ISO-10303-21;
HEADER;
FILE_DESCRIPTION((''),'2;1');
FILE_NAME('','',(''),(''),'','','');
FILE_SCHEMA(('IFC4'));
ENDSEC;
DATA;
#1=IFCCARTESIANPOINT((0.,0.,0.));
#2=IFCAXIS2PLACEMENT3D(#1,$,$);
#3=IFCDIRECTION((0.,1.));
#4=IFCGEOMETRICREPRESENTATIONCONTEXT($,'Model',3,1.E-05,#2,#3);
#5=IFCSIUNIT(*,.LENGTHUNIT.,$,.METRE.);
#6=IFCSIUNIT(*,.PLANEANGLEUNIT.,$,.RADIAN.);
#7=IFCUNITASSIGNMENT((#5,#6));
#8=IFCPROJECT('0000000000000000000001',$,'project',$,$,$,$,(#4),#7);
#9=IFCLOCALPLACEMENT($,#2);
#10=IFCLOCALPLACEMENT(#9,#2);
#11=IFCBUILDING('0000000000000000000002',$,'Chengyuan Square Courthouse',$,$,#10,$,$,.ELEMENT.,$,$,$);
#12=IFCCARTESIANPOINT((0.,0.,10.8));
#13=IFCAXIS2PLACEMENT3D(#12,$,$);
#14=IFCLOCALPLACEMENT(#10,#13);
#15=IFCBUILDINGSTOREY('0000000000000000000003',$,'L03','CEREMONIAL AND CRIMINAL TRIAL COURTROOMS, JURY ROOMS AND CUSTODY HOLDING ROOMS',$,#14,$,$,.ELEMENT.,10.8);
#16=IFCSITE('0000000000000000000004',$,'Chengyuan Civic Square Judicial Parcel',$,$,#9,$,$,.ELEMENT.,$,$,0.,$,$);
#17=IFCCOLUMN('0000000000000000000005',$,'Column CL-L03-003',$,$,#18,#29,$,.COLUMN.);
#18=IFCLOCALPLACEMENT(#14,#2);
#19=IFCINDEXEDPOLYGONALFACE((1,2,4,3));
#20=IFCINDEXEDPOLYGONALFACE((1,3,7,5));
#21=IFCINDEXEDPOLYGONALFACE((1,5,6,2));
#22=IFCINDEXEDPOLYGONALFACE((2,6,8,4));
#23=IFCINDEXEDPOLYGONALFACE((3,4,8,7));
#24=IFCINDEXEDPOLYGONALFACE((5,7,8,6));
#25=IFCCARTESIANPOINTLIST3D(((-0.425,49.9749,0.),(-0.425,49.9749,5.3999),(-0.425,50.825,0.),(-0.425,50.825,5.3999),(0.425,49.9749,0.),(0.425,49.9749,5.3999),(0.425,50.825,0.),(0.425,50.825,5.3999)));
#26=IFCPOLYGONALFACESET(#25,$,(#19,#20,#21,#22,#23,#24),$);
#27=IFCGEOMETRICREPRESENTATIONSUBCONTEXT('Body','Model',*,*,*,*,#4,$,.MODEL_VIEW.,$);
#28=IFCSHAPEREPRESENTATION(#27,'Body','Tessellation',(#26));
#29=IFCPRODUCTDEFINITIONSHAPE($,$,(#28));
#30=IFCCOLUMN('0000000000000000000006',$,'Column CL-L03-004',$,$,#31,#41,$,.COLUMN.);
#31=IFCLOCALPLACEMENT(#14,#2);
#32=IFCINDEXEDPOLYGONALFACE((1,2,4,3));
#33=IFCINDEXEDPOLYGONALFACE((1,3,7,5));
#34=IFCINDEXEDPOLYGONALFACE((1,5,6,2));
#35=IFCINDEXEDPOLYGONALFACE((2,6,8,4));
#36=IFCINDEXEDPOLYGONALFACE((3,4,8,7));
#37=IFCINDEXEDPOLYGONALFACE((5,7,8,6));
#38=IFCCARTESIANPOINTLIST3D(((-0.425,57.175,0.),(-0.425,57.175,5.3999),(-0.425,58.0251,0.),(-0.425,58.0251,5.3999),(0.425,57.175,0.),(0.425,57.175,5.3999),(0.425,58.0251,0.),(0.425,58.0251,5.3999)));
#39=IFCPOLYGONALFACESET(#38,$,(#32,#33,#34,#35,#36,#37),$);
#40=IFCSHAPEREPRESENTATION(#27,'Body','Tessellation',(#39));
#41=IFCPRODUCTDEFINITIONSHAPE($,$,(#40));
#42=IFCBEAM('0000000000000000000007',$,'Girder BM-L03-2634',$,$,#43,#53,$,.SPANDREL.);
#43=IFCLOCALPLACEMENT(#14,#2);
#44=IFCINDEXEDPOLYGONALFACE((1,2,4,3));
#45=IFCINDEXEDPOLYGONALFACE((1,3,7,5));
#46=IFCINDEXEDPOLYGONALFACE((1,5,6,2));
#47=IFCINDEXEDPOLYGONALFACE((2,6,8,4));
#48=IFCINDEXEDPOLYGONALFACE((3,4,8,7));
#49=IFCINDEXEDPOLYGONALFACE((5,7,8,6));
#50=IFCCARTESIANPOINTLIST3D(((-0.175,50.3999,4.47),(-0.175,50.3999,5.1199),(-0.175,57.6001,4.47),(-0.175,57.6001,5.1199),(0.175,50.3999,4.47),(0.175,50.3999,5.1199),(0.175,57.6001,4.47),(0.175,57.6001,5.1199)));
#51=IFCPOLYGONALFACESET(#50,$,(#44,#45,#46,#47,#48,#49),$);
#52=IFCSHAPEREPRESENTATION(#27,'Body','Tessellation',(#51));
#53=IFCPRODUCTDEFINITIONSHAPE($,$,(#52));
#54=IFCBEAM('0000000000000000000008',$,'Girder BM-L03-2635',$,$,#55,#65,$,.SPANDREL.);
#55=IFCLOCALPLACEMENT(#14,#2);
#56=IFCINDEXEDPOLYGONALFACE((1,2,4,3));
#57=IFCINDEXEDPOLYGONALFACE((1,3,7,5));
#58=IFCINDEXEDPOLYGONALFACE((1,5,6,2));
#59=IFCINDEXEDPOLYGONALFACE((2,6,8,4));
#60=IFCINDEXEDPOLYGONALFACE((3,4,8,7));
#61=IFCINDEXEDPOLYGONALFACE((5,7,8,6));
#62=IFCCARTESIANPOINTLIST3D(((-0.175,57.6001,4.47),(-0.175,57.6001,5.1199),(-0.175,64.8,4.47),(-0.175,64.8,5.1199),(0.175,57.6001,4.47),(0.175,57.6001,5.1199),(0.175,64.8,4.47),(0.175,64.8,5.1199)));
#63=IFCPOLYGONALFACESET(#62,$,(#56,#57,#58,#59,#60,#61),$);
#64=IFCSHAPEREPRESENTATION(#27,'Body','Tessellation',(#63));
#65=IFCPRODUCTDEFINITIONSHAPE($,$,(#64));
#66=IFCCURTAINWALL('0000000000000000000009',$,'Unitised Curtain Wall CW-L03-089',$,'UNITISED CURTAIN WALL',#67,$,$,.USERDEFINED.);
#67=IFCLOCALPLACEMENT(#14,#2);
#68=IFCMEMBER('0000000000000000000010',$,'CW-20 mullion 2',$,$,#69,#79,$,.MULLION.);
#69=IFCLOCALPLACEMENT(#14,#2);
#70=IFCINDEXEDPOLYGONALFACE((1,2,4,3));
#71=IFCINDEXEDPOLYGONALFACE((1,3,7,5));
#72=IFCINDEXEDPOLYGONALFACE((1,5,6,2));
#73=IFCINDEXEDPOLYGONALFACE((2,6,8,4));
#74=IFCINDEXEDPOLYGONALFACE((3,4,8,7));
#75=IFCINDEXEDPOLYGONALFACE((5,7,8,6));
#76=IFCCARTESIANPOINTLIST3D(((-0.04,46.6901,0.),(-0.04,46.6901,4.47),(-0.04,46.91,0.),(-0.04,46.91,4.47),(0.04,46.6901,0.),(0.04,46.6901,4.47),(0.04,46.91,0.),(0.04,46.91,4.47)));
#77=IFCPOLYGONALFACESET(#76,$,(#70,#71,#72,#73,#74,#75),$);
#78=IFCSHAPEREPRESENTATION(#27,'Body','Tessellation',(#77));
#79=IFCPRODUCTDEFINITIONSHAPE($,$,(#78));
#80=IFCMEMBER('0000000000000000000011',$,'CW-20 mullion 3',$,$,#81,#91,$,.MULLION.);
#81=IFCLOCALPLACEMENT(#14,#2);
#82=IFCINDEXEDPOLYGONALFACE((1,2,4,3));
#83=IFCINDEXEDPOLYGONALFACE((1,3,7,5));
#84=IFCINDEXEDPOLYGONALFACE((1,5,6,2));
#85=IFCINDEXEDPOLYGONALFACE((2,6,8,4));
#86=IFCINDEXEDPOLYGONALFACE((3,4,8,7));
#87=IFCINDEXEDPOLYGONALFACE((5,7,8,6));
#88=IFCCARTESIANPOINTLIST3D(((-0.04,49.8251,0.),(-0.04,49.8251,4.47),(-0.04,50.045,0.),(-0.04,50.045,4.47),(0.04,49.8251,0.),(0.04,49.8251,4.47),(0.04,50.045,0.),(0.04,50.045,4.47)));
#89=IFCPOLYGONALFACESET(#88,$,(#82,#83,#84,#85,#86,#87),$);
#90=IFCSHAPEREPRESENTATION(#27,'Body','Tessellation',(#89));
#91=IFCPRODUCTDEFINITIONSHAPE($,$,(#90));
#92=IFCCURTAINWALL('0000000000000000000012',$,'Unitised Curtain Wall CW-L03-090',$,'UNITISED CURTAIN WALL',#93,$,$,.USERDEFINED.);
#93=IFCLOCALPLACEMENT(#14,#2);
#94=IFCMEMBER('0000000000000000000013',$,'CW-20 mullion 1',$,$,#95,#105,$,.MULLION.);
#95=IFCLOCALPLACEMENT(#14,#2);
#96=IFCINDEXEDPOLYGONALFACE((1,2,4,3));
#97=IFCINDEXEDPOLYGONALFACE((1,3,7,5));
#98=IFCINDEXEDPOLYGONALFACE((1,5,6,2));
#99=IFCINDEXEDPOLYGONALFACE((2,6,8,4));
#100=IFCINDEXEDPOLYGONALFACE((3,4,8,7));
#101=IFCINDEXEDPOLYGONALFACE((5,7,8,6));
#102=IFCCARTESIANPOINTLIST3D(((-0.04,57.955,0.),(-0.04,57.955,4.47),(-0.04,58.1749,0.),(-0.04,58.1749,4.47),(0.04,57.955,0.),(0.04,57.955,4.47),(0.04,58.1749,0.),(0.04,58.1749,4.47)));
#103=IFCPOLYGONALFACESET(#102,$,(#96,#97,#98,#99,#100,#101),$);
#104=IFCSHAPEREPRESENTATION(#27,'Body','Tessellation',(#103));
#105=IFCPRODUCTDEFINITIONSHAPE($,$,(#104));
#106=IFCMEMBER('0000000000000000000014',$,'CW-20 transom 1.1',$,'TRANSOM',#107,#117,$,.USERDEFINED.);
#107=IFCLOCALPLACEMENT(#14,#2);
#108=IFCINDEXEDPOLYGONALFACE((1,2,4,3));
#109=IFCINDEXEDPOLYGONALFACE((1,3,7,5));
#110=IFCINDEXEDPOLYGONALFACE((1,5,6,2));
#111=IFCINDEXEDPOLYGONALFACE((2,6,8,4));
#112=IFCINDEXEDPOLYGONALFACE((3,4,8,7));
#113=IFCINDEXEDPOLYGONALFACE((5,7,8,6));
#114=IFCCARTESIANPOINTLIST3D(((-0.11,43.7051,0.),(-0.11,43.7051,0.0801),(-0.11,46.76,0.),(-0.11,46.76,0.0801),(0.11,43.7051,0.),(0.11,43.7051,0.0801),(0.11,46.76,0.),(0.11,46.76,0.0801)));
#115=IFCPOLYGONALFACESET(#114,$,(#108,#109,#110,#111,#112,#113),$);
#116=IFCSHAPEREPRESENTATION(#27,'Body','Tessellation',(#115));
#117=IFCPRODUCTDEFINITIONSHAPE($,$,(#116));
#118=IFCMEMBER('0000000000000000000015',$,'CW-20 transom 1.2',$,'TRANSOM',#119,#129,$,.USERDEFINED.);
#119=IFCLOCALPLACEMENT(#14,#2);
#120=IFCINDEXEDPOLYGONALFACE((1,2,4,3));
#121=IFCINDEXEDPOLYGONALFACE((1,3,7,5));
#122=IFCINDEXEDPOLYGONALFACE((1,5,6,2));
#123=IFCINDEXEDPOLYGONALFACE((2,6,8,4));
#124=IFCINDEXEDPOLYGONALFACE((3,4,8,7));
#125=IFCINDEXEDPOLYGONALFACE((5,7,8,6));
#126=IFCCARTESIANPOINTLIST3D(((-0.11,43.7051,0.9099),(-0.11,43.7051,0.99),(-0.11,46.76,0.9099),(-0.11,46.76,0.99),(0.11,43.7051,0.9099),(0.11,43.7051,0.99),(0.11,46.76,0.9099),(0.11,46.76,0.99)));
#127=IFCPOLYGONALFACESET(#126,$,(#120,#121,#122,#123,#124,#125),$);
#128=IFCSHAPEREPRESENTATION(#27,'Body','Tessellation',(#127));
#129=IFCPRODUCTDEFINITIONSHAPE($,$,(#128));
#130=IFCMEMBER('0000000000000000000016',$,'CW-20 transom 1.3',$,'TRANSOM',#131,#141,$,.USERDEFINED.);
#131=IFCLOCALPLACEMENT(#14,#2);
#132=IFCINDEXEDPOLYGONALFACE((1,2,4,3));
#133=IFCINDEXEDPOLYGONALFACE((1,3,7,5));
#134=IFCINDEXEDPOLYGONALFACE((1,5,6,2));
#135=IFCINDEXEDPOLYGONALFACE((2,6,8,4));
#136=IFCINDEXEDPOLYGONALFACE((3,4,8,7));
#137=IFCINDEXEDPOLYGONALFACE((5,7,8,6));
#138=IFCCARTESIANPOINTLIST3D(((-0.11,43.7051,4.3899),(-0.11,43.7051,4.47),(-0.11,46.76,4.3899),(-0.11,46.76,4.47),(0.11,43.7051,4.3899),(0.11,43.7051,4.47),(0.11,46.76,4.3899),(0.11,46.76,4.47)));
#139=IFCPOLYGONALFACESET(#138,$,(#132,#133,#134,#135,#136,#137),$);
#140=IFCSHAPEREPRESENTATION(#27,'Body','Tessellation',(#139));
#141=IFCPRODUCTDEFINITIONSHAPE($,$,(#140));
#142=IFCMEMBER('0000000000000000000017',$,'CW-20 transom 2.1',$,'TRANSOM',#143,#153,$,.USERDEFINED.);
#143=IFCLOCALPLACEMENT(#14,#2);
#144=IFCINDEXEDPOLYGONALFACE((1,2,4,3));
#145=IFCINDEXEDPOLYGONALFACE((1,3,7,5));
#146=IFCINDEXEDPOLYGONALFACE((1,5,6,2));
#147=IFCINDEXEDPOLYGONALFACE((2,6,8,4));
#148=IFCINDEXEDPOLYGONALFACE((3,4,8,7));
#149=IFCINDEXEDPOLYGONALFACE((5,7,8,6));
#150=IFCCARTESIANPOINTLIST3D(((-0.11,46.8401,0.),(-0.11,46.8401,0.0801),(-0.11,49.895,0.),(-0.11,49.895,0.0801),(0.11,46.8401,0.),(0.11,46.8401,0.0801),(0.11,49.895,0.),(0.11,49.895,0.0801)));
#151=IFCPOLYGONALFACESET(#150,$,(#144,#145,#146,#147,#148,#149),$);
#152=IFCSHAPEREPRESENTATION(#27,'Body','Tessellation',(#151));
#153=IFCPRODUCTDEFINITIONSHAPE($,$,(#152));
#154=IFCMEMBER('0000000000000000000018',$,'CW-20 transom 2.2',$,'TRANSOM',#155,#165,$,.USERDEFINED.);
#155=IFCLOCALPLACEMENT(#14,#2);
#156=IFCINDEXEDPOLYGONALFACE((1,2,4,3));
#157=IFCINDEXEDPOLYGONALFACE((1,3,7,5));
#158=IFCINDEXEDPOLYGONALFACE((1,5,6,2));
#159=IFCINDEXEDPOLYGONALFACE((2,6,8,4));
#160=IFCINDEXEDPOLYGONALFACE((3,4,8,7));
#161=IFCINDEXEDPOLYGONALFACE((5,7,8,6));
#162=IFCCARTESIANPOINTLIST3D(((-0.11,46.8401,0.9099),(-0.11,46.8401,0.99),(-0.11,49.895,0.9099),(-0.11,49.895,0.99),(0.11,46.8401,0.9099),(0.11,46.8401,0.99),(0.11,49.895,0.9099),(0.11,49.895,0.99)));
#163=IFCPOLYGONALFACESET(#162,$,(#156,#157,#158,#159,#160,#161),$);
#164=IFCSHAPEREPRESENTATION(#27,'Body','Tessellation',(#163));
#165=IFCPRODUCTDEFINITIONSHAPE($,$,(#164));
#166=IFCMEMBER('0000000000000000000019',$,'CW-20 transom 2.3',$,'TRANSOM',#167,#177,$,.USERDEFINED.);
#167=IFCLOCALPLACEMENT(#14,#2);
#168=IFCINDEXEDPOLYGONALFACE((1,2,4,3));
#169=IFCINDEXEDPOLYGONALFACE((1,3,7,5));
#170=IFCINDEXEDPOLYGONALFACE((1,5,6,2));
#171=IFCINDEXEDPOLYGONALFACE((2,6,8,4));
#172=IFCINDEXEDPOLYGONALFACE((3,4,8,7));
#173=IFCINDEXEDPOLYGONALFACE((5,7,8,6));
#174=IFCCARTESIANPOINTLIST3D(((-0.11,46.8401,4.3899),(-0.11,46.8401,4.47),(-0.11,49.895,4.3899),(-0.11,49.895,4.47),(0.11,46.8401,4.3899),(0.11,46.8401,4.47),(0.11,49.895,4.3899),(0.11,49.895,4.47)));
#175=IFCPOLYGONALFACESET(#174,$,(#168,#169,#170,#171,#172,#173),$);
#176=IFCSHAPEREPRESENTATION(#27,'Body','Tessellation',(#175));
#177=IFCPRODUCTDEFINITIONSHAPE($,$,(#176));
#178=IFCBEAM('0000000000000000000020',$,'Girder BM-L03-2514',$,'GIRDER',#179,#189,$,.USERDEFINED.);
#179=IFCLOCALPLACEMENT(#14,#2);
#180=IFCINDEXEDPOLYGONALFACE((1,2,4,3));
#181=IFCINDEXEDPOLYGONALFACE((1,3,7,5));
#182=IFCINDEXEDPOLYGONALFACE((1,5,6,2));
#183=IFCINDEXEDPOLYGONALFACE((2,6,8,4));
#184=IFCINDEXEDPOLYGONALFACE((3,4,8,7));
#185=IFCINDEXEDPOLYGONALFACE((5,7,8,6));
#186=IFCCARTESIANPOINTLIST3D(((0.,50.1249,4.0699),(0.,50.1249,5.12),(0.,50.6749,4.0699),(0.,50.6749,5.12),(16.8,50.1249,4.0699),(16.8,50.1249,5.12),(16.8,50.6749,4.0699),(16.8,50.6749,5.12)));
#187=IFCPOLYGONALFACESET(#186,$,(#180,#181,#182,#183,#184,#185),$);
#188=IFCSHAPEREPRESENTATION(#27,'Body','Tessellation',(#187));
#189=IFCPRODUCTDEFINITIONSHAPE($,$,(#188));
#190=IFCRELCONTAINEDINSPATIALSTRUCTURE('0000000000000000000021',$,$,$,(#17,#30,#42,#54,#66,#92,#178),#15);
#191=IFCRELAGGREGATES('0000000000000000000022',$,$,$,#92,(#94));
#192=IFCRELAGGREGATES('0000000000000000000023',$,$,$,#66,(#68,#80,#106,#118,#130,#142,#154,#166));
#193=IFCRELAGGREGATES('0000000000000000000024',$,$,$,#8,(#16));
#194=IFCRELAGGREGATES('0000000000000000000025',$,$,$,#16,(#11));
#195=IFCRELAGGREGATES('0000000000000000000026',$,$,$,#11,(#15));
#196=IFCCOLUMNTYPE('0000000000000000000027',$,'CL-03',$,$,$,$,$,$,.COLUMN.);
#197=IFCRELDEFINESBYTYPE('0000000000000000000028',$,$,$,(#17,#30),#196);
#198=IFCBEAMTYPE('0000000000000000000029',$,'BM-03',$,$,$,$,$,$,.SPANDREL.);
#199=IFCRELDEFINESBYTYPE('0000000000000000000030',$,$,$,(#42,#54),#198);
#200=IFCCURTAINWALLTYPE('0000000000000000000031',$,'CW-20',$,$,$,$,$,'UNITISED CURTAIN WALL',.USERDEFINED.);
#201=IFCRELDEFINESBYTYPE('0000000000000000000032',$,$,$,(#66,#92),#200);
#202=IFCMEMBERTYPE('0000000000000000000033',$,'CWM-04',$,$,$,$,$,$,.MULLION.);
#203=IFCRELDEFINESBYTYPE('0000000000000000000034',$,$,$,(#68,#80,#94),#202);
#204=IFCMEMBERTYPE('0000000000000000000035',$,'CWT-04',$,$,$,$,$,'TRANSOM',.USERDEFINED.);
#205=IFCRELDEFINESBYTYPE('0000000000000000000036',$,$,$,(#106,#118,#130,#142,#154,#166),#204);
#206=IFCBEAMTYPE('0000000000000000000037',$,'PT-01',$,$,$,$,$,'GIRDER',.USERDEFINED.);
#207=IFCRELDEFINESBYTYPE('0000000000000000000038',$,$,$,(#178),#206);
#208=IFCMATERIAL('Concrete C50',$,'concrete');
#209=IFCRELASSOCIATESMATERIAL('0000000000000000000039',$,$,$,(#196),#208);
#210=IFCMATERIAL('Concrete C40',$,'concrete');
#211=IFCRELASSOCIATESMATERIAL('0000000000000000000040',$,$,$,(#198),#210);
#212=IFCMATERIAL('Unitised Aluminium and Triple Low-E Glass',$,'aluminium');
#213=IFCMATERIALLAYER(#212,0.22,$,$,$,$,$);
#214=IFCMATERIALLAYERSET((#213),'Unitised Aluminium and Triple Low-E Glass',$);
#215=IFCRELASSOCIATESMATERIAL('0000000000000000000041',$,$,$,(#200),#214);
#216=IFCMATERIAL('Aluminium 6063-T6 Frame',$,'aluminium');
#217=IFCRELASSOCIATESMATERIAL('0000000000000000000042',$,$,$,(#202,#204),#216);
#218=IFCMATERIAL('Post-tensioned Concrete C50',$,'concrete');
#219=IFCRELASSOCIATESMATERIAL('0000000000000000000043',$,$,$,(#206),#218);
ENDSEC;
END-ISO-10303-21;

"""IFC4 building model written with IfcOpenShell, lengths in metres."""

from ifc_helpers import new_model, si_unit, direction, frame, origin, origin_2d, place, context, subcontext, project, spatial, rectangle, extrude, material, layer, layer_set, material_profile, profile_set, type_object, element, aggregate, save


model = new_model("IFC4")

# Units and contexts
model_context = context("Model", 3, precision=1e-05, world=origin(), true_north=direction((0.0, 1.0)))
body_context = subcontext(model_context, "Body", "Model", "MODEL_VIEW")
ifc_project = project(units=[si_unit("LENGTHUNIT", "METRE"), si_unit("PLANEANGLEUNIT", "RADIAN")], contexts=[model_context])

# Site, building, storey
site_placement = place(None, origin())
site = spatial("IfcSite", under=ifc_project, at=site_placement, Name="Chengyuan Civic Square Judicial Parcel", CompositionType="ELEMENT", RefElevation=0.0)
building_placement = place(site_placement, origin())
building = spatial("IfcBuilding", under=site, at=building_placement, Name="Chengyuan Square Courthouse", CompositionType="ELEMENT")
storey_placement = place(building_placement, frame((0.0, 0.0, 10.8)))
storey = spatial("IfcBuildingStorey", under=building, at=storey_placement, Name="L03", Description="CEREMONIAL AND CRIMINAL TRIAL COURTROOMS, JURY ROOMS AND CUSTODY HOLDING ROOMS", CompositionType="ELEMENT", Elevation=10.8)

# Columns
ifc_material_1 = material(Name="Concrete C50", Category="concrete")
ifc_material_profile_1 = material_profile(ifc_material_1, rectangle(XDim=0.8501, YDim=0.8501, at=origin_2d()), Name="RC-COL-850x850")
ifc_profile_set_1 = profile_set([ifc_material_profile_1], Name="Concrete C50")
column_type = type_object("IfcColumnType", Name="CL-03", PredefinedType="COLUMN", material=ifc_profile_set_1)
for number, where, z_axis, x_axis, name in (
    (1, (0.0, 50.3999, 0.0), (0.0, 0.0, 1.0), (1.0, 0.0, 0.0), "Column CL-L03-003"),
    (2, (0.0, 57.6001, 0.0), (0.0, 0.0, 1.0), (1.0, 0.0, 0.0), "Column CL-L03-004"),
):
    element("IfcColumn", number, at=place(storey_placement, frame(where, z_axis=z_axis, x_axis=x_axis)), inside=storey, type_object=column_type, Name=name, PredefinedType="COLUMN", context=body_context, shape_type="SweptSolid", body=[
        extrude(rectangle(XDim=0.8501, YDim=0.8501, at=origin_2d()), origin(), (0.0, 0.0, 1.0), 5.3999),
    ])

# Beams
ifc_material_2 = material(Name="Concrete C40", Category="concrete")
ifc_material_profile_2 = material_profile(ifc_material_2, rectangle(XDim=0.3501, YDim=0.6499, at=origin_2d()), Name="RC-BM-350x650")
ifc_profile_set_2 = profile_set([ifc_material_profile_2], Name="Concrete C40")
beam_type_1 = type_object("IfcBeamType", Name="BM-03", PredefinedType="SPANDREL", material=ifc_profile_set_2)
beam_1_placement = place(storey_placement, frame((0.0, 50.3999, 4.7949), z_axis=(0.0, 1.0, 0.0), x_axis=(-1.0, 0.0, 0.0)))
element("IfcBeam", 3, at=beam_1_placement, inside=storey, type_object=beam_type_1, Name="Girder BM-L03-2634", PredefinedType="SPANDREL", context=body_context, shape_type="SweptSolid", body=[
    extrude(rectangle(XDim=0.3501, YDim=0.6499, at=origin_2d()), origin(), (0.0, 0.0, 1.0), 7.2002),
])
beam_2_placement = place(storey_placement, frame((0.0, 57.6001, 4.7949), z_axis=(0.0, 1.0, 0.0), x_axis=(-1.0, 0.0, 0.0)))
element("IfcBeam", 4, at=beam_2_placement, inside=storey, type_object=beam_type_1, Name="Girder BM-L03-2635", PredefinedType="SPANDREL", context=body_context, shape_type="SweptSolid", body=[
    extrude(rectangle(XDim=0.3501, YDim=0.6499, at=origin_2d()), origin(), (0.0, 0.0, 1.0), 7.2),
])

# Curtain wall, members
ifc_material_3 = material(Name="Unitised Aluminium and Triple Low-E Glass", Category="aluminium")
ifc_layer_1 = layer(ifc_material_3, 0.22)
ifc_layer_set_1 = layer_set([ifc_layer_1], Name="Unitised Aluminium and Triple Low-E Glass")
curtain_wall_type = type_object("IfcCurtainWallType", Name="CW-20", ElementType="UNITISED CURTAIN WALL", PredefinedType="USERDEFINED", material=ifc_layer_set_1)
curtain_wall_1_placement = place(storey_placement, origin())
curtain_wall_1 = element("IfcCurtainWall", 5, at=curtain_wall_1_placement, inside=storey, type_object=curtain_wall_type, Name="Unitised Curtain Wall CW-L03-089", ObjectType="UNITISED CURTAIN WALL", PredefinedType="USERDEFINED")
ifc_material_4 = material(Name="Aluminium 6063-T6 Frame", Category="aluminium")
ifc_material_profile_3 = material_profile(ifc_material_4, rectangle(XDim=0.0801, YDim=0.22, at=origin_2d()), Name="CW-MUL-80x220")
ifc_profile_set_3 = profile_set([ifc_material_profile_3], Name="Aluminium 6063-T6 Frame")
member_type_1 = type_object("IfcMemberType", Name="CWM-04", PredefinedType="MULLION", material=ifc_profile_set_3)
member_1_placement = place(storey_placement, frame((0.0, 46.8, 0.0), z_axis=(0.0, 0.0, 1.0), x_axis=(-1.0, 0.0, 0.0)))
member_1 = element("IfcMember", 6, at=member_1_placement, type_object=member_type_1, Name="CW-20 mullion 2", PredefinedType="MULLION", context=body_context, shape_type="SweptSolid", body=[
    extrude(rectangle(XDim=0.0801, YDim=0.22, at=origin_2d()), origin(), (0.0, 0.0, 1.0), 4.47),
])
member_2_placement = place(storey_placement, frame((0.0, 49.9351, 0.0), z_axis=(0.0, 0.0, 1.0), x_axis=(-1.0, 0.0, 0.0)))
member_2 = element("IfcMember", 7, at=member_2_placement, type_object=member_type_1, Name="CW-20 mullion 3", PredefinedType="MULLION", context=body_context, shape_type="SweptSolid", body=[
    extrude(rectangle(XDim=0.0801, YDim=0.22, at=origin_2d()), origin(), (0.0, 0.0, 1.0), 4.47),
])

# Curtain wall, member
curtain_wall_2_placement = place(storey_placement, origin())
curtain_wall_2 = element("IfcCurtainWall", 8, at=curtain_wall_2_placement, inside=storey, type_object=curtain_wall_type, Name="Unitised Curtain Wall CW-L03-090", ObjectType="UNITISED CURTAIN WALL", PredefinedType="USERDEFINED")
member_3_placement = place(storey_placement, frame((0.0, 58.0649, 0.0), z_axis=(0.0, 0.0, 1.0), x_axis=(-1.0, 0.0, 0.0)))
member_3 = element("IfcMember", 9, at=member_3_placement, type_object=member_type_1, Name="CW-20 mullion 1", PredefinedType="MULLION", context=body_context, shape_type="SweptSolid", body=[
    extrude(rectangle(XDim=0.0801, YDim=0.22, at=origin_2d()), origin(), (0.0, 0.0, 1.0), 4.47),
])
aggregate(curtain_wall_2, [member_3])

# Members
ifc_material_profile_4 = material_profile(ifc_material_4, rectangle(XDim=0.22, YDim=0.0801, at=origin_2d()), Name="CW-TRN-80x180")
ifc_profile_set_4 = profile_set([ifc_material_profile_4], Name="Aluminium 6063-T6 Frame")
member_type_2 = type_object("IfcMemberType", Name="CWT-04", ElementType="TRANSOM", PredefinedType="USERDEFINED", material=ifc_profile_set_4)
member_4_placement = place(storey_placement, frame((0.0, 43.7051, 0.04), z_axis=(0.0, 1.0, 0.0), x_axis=(-1.0, 0.0, 0.0)))
member_4 = element("IfcMember", 10, at=member_4_placement, type_object=member_type_2, Name="CW-20 transom 1.1", ObjectType="TRANSOM", PredefinedType="USERDEFINED", context=body_context, shape_type="SweptSolid", body=[
    extrude(rectangle(XDim=0.22, YDim=0.0801, at=origin_2d()), origin(), (0.0, 0.0, 1.0), 3.0549),
])
member_5_placement = place(storey_placement, frame((0.0, 43.7051, 0.95), z_axis=(0.0, 1.0, 0.0), x_axis=(-1.0, 0.0, 0.0)))
member_5 = element("IfcMember", 11, at=member_5_placement, type_object=member_type_2, Name="CW-20 transom 1.2", ObjectType="TRANSOM", PredefinedType="USERDEFINED", context=body_context, shape_type="SweptSolid", body=[
    extrude(rectangle(XDim=0.22, YDim=0.0801, at=origin_2d()), origin(), (0.0, 0.0, 1.0), 3.0549),
])
member_6_placement = place(storey_placement, frame((0.0, 43.7051, 4.4299), z_axis=(0.0, 1.0, 0.0), x_axis=(-1.0, 0.0, 0.0)))
member_6 = element("IfcMember", 12, at=member_6_placement, type_object=member_type_2, Name="CW-20 transom 1.3", ObjectType="TRANSOM", PredefinedType="USERDEFINED", context=body_context, shape_type="SweptSolid", body=[
    extrude(rectangle(XDim=0.22, YDim=0.0801, at=origin_2d()), origin(), (0.0, 0.0, 1.0), 3.0549),
])
member_7_placement = place(storey_placement, frame((0.0, 46.8401, 0.04), z_axis=(0.0, 1.0, 0.0), x_axis=(-1.0, 0.0, 0.0)))
member_7 = element("IfcMember", 13, at=member_7_placement, type_object=member_type_2, Name="CW-20 transom 2.1", ObjectType="TRANSOM", PredefinedType="USERDEFINED", context=body_context, shape_type="SweptSolid", body=[
    extrude(rectangle(XDim=0.22, YDim=0.0801, at=origin_2d()), origin(), (0.0, 0.0, 1.0), 3.0549),
])
member_8_placement = place(storey_placement, frame((0.0, 46.8401, 0.95), z_axis=(0.0, 1.0, 0.0), x_axis=(-1.0, 0.0, 0.0)))
member_8 = element("IfcMember", 14, at=member_8_placement, type_object=member_type_2, Name="CW-20 transom 2.2", ObjectType="TRANSOM", PredefinedType="USERDEFINED", context=body_context, shape_type="SweptSolid", body=[
    extrude(rectangle(XDim=0.22, YDim=0.0801, at=origin_2d()), origin(), (0.0, 0.0, 1.0), 3.0549),
])
member_9_placement = place(storey_placement, frame((0.0, 46.8401, 4.4299), z_axis=(0.0, 1.0, 0.0), x_axis=(-1.0, 0.0, 0.0)))
member_9 = element("IfcMember", 15, at=member_9_placement, type_object=member_type_2, Name="CW-20 transom 2.3", ObjectType="TRANSOM", PredefinedType="USERDEFINED", context=body_context, shape_type="SweptSolid", body=[
    extrude(rectangle(XDim=0.22, YDim=0.0801, at=origin_2d()), origin(), (0.0, 0.0, 1.0), 3.0549),
])

# Beam
ifc_material_5 = material(Name="Post-tensioned Concrete C50", Category="concrete")
ifc_material_profile_5 = material_profile(ifc_material_5, rectangle(XDim=0.55, YDim=1.05, at=origin_2d()), Name="PT-BM-550x1050")
ifc_profile_set_5 = profile_set([ifc_material_profile_5], Name="Post-tensioned Concrete C50")
beam_type_2 = type_object("IfcBeamType", Name="PT-01", ElementType="GIRDER", PredefinedType="USERDEFINED", material=ifc_profile_set_5)
beam_3_placement = place(storey_placement, frame((0.0, 50.3999, 4.595), z_axis=(1.0, 0.0, 0.0), x_axis=(0.0, 1.0, 0.0)))
element("IfcBeam", 16, at=beam_3_placement, inside=storey, type_object=beam_type_2, Name="Girder BM-L03-2514", ObjectType="GIRDER", PredefinedType="USERDEFINED", context=body_context, shape_type="SweptSolid", body=[
    extrude(rectangle(XDim=0.55, YDim=1.05, at=origin_2d()), origin(), (0.0, 0.0, 1.0), 16.8),
])

aggregate(curtain_wall_1, [member_1, member_2, member_4, member_5, member_6, member_7, member_8, member_9])

save(model, "model.ifc")
